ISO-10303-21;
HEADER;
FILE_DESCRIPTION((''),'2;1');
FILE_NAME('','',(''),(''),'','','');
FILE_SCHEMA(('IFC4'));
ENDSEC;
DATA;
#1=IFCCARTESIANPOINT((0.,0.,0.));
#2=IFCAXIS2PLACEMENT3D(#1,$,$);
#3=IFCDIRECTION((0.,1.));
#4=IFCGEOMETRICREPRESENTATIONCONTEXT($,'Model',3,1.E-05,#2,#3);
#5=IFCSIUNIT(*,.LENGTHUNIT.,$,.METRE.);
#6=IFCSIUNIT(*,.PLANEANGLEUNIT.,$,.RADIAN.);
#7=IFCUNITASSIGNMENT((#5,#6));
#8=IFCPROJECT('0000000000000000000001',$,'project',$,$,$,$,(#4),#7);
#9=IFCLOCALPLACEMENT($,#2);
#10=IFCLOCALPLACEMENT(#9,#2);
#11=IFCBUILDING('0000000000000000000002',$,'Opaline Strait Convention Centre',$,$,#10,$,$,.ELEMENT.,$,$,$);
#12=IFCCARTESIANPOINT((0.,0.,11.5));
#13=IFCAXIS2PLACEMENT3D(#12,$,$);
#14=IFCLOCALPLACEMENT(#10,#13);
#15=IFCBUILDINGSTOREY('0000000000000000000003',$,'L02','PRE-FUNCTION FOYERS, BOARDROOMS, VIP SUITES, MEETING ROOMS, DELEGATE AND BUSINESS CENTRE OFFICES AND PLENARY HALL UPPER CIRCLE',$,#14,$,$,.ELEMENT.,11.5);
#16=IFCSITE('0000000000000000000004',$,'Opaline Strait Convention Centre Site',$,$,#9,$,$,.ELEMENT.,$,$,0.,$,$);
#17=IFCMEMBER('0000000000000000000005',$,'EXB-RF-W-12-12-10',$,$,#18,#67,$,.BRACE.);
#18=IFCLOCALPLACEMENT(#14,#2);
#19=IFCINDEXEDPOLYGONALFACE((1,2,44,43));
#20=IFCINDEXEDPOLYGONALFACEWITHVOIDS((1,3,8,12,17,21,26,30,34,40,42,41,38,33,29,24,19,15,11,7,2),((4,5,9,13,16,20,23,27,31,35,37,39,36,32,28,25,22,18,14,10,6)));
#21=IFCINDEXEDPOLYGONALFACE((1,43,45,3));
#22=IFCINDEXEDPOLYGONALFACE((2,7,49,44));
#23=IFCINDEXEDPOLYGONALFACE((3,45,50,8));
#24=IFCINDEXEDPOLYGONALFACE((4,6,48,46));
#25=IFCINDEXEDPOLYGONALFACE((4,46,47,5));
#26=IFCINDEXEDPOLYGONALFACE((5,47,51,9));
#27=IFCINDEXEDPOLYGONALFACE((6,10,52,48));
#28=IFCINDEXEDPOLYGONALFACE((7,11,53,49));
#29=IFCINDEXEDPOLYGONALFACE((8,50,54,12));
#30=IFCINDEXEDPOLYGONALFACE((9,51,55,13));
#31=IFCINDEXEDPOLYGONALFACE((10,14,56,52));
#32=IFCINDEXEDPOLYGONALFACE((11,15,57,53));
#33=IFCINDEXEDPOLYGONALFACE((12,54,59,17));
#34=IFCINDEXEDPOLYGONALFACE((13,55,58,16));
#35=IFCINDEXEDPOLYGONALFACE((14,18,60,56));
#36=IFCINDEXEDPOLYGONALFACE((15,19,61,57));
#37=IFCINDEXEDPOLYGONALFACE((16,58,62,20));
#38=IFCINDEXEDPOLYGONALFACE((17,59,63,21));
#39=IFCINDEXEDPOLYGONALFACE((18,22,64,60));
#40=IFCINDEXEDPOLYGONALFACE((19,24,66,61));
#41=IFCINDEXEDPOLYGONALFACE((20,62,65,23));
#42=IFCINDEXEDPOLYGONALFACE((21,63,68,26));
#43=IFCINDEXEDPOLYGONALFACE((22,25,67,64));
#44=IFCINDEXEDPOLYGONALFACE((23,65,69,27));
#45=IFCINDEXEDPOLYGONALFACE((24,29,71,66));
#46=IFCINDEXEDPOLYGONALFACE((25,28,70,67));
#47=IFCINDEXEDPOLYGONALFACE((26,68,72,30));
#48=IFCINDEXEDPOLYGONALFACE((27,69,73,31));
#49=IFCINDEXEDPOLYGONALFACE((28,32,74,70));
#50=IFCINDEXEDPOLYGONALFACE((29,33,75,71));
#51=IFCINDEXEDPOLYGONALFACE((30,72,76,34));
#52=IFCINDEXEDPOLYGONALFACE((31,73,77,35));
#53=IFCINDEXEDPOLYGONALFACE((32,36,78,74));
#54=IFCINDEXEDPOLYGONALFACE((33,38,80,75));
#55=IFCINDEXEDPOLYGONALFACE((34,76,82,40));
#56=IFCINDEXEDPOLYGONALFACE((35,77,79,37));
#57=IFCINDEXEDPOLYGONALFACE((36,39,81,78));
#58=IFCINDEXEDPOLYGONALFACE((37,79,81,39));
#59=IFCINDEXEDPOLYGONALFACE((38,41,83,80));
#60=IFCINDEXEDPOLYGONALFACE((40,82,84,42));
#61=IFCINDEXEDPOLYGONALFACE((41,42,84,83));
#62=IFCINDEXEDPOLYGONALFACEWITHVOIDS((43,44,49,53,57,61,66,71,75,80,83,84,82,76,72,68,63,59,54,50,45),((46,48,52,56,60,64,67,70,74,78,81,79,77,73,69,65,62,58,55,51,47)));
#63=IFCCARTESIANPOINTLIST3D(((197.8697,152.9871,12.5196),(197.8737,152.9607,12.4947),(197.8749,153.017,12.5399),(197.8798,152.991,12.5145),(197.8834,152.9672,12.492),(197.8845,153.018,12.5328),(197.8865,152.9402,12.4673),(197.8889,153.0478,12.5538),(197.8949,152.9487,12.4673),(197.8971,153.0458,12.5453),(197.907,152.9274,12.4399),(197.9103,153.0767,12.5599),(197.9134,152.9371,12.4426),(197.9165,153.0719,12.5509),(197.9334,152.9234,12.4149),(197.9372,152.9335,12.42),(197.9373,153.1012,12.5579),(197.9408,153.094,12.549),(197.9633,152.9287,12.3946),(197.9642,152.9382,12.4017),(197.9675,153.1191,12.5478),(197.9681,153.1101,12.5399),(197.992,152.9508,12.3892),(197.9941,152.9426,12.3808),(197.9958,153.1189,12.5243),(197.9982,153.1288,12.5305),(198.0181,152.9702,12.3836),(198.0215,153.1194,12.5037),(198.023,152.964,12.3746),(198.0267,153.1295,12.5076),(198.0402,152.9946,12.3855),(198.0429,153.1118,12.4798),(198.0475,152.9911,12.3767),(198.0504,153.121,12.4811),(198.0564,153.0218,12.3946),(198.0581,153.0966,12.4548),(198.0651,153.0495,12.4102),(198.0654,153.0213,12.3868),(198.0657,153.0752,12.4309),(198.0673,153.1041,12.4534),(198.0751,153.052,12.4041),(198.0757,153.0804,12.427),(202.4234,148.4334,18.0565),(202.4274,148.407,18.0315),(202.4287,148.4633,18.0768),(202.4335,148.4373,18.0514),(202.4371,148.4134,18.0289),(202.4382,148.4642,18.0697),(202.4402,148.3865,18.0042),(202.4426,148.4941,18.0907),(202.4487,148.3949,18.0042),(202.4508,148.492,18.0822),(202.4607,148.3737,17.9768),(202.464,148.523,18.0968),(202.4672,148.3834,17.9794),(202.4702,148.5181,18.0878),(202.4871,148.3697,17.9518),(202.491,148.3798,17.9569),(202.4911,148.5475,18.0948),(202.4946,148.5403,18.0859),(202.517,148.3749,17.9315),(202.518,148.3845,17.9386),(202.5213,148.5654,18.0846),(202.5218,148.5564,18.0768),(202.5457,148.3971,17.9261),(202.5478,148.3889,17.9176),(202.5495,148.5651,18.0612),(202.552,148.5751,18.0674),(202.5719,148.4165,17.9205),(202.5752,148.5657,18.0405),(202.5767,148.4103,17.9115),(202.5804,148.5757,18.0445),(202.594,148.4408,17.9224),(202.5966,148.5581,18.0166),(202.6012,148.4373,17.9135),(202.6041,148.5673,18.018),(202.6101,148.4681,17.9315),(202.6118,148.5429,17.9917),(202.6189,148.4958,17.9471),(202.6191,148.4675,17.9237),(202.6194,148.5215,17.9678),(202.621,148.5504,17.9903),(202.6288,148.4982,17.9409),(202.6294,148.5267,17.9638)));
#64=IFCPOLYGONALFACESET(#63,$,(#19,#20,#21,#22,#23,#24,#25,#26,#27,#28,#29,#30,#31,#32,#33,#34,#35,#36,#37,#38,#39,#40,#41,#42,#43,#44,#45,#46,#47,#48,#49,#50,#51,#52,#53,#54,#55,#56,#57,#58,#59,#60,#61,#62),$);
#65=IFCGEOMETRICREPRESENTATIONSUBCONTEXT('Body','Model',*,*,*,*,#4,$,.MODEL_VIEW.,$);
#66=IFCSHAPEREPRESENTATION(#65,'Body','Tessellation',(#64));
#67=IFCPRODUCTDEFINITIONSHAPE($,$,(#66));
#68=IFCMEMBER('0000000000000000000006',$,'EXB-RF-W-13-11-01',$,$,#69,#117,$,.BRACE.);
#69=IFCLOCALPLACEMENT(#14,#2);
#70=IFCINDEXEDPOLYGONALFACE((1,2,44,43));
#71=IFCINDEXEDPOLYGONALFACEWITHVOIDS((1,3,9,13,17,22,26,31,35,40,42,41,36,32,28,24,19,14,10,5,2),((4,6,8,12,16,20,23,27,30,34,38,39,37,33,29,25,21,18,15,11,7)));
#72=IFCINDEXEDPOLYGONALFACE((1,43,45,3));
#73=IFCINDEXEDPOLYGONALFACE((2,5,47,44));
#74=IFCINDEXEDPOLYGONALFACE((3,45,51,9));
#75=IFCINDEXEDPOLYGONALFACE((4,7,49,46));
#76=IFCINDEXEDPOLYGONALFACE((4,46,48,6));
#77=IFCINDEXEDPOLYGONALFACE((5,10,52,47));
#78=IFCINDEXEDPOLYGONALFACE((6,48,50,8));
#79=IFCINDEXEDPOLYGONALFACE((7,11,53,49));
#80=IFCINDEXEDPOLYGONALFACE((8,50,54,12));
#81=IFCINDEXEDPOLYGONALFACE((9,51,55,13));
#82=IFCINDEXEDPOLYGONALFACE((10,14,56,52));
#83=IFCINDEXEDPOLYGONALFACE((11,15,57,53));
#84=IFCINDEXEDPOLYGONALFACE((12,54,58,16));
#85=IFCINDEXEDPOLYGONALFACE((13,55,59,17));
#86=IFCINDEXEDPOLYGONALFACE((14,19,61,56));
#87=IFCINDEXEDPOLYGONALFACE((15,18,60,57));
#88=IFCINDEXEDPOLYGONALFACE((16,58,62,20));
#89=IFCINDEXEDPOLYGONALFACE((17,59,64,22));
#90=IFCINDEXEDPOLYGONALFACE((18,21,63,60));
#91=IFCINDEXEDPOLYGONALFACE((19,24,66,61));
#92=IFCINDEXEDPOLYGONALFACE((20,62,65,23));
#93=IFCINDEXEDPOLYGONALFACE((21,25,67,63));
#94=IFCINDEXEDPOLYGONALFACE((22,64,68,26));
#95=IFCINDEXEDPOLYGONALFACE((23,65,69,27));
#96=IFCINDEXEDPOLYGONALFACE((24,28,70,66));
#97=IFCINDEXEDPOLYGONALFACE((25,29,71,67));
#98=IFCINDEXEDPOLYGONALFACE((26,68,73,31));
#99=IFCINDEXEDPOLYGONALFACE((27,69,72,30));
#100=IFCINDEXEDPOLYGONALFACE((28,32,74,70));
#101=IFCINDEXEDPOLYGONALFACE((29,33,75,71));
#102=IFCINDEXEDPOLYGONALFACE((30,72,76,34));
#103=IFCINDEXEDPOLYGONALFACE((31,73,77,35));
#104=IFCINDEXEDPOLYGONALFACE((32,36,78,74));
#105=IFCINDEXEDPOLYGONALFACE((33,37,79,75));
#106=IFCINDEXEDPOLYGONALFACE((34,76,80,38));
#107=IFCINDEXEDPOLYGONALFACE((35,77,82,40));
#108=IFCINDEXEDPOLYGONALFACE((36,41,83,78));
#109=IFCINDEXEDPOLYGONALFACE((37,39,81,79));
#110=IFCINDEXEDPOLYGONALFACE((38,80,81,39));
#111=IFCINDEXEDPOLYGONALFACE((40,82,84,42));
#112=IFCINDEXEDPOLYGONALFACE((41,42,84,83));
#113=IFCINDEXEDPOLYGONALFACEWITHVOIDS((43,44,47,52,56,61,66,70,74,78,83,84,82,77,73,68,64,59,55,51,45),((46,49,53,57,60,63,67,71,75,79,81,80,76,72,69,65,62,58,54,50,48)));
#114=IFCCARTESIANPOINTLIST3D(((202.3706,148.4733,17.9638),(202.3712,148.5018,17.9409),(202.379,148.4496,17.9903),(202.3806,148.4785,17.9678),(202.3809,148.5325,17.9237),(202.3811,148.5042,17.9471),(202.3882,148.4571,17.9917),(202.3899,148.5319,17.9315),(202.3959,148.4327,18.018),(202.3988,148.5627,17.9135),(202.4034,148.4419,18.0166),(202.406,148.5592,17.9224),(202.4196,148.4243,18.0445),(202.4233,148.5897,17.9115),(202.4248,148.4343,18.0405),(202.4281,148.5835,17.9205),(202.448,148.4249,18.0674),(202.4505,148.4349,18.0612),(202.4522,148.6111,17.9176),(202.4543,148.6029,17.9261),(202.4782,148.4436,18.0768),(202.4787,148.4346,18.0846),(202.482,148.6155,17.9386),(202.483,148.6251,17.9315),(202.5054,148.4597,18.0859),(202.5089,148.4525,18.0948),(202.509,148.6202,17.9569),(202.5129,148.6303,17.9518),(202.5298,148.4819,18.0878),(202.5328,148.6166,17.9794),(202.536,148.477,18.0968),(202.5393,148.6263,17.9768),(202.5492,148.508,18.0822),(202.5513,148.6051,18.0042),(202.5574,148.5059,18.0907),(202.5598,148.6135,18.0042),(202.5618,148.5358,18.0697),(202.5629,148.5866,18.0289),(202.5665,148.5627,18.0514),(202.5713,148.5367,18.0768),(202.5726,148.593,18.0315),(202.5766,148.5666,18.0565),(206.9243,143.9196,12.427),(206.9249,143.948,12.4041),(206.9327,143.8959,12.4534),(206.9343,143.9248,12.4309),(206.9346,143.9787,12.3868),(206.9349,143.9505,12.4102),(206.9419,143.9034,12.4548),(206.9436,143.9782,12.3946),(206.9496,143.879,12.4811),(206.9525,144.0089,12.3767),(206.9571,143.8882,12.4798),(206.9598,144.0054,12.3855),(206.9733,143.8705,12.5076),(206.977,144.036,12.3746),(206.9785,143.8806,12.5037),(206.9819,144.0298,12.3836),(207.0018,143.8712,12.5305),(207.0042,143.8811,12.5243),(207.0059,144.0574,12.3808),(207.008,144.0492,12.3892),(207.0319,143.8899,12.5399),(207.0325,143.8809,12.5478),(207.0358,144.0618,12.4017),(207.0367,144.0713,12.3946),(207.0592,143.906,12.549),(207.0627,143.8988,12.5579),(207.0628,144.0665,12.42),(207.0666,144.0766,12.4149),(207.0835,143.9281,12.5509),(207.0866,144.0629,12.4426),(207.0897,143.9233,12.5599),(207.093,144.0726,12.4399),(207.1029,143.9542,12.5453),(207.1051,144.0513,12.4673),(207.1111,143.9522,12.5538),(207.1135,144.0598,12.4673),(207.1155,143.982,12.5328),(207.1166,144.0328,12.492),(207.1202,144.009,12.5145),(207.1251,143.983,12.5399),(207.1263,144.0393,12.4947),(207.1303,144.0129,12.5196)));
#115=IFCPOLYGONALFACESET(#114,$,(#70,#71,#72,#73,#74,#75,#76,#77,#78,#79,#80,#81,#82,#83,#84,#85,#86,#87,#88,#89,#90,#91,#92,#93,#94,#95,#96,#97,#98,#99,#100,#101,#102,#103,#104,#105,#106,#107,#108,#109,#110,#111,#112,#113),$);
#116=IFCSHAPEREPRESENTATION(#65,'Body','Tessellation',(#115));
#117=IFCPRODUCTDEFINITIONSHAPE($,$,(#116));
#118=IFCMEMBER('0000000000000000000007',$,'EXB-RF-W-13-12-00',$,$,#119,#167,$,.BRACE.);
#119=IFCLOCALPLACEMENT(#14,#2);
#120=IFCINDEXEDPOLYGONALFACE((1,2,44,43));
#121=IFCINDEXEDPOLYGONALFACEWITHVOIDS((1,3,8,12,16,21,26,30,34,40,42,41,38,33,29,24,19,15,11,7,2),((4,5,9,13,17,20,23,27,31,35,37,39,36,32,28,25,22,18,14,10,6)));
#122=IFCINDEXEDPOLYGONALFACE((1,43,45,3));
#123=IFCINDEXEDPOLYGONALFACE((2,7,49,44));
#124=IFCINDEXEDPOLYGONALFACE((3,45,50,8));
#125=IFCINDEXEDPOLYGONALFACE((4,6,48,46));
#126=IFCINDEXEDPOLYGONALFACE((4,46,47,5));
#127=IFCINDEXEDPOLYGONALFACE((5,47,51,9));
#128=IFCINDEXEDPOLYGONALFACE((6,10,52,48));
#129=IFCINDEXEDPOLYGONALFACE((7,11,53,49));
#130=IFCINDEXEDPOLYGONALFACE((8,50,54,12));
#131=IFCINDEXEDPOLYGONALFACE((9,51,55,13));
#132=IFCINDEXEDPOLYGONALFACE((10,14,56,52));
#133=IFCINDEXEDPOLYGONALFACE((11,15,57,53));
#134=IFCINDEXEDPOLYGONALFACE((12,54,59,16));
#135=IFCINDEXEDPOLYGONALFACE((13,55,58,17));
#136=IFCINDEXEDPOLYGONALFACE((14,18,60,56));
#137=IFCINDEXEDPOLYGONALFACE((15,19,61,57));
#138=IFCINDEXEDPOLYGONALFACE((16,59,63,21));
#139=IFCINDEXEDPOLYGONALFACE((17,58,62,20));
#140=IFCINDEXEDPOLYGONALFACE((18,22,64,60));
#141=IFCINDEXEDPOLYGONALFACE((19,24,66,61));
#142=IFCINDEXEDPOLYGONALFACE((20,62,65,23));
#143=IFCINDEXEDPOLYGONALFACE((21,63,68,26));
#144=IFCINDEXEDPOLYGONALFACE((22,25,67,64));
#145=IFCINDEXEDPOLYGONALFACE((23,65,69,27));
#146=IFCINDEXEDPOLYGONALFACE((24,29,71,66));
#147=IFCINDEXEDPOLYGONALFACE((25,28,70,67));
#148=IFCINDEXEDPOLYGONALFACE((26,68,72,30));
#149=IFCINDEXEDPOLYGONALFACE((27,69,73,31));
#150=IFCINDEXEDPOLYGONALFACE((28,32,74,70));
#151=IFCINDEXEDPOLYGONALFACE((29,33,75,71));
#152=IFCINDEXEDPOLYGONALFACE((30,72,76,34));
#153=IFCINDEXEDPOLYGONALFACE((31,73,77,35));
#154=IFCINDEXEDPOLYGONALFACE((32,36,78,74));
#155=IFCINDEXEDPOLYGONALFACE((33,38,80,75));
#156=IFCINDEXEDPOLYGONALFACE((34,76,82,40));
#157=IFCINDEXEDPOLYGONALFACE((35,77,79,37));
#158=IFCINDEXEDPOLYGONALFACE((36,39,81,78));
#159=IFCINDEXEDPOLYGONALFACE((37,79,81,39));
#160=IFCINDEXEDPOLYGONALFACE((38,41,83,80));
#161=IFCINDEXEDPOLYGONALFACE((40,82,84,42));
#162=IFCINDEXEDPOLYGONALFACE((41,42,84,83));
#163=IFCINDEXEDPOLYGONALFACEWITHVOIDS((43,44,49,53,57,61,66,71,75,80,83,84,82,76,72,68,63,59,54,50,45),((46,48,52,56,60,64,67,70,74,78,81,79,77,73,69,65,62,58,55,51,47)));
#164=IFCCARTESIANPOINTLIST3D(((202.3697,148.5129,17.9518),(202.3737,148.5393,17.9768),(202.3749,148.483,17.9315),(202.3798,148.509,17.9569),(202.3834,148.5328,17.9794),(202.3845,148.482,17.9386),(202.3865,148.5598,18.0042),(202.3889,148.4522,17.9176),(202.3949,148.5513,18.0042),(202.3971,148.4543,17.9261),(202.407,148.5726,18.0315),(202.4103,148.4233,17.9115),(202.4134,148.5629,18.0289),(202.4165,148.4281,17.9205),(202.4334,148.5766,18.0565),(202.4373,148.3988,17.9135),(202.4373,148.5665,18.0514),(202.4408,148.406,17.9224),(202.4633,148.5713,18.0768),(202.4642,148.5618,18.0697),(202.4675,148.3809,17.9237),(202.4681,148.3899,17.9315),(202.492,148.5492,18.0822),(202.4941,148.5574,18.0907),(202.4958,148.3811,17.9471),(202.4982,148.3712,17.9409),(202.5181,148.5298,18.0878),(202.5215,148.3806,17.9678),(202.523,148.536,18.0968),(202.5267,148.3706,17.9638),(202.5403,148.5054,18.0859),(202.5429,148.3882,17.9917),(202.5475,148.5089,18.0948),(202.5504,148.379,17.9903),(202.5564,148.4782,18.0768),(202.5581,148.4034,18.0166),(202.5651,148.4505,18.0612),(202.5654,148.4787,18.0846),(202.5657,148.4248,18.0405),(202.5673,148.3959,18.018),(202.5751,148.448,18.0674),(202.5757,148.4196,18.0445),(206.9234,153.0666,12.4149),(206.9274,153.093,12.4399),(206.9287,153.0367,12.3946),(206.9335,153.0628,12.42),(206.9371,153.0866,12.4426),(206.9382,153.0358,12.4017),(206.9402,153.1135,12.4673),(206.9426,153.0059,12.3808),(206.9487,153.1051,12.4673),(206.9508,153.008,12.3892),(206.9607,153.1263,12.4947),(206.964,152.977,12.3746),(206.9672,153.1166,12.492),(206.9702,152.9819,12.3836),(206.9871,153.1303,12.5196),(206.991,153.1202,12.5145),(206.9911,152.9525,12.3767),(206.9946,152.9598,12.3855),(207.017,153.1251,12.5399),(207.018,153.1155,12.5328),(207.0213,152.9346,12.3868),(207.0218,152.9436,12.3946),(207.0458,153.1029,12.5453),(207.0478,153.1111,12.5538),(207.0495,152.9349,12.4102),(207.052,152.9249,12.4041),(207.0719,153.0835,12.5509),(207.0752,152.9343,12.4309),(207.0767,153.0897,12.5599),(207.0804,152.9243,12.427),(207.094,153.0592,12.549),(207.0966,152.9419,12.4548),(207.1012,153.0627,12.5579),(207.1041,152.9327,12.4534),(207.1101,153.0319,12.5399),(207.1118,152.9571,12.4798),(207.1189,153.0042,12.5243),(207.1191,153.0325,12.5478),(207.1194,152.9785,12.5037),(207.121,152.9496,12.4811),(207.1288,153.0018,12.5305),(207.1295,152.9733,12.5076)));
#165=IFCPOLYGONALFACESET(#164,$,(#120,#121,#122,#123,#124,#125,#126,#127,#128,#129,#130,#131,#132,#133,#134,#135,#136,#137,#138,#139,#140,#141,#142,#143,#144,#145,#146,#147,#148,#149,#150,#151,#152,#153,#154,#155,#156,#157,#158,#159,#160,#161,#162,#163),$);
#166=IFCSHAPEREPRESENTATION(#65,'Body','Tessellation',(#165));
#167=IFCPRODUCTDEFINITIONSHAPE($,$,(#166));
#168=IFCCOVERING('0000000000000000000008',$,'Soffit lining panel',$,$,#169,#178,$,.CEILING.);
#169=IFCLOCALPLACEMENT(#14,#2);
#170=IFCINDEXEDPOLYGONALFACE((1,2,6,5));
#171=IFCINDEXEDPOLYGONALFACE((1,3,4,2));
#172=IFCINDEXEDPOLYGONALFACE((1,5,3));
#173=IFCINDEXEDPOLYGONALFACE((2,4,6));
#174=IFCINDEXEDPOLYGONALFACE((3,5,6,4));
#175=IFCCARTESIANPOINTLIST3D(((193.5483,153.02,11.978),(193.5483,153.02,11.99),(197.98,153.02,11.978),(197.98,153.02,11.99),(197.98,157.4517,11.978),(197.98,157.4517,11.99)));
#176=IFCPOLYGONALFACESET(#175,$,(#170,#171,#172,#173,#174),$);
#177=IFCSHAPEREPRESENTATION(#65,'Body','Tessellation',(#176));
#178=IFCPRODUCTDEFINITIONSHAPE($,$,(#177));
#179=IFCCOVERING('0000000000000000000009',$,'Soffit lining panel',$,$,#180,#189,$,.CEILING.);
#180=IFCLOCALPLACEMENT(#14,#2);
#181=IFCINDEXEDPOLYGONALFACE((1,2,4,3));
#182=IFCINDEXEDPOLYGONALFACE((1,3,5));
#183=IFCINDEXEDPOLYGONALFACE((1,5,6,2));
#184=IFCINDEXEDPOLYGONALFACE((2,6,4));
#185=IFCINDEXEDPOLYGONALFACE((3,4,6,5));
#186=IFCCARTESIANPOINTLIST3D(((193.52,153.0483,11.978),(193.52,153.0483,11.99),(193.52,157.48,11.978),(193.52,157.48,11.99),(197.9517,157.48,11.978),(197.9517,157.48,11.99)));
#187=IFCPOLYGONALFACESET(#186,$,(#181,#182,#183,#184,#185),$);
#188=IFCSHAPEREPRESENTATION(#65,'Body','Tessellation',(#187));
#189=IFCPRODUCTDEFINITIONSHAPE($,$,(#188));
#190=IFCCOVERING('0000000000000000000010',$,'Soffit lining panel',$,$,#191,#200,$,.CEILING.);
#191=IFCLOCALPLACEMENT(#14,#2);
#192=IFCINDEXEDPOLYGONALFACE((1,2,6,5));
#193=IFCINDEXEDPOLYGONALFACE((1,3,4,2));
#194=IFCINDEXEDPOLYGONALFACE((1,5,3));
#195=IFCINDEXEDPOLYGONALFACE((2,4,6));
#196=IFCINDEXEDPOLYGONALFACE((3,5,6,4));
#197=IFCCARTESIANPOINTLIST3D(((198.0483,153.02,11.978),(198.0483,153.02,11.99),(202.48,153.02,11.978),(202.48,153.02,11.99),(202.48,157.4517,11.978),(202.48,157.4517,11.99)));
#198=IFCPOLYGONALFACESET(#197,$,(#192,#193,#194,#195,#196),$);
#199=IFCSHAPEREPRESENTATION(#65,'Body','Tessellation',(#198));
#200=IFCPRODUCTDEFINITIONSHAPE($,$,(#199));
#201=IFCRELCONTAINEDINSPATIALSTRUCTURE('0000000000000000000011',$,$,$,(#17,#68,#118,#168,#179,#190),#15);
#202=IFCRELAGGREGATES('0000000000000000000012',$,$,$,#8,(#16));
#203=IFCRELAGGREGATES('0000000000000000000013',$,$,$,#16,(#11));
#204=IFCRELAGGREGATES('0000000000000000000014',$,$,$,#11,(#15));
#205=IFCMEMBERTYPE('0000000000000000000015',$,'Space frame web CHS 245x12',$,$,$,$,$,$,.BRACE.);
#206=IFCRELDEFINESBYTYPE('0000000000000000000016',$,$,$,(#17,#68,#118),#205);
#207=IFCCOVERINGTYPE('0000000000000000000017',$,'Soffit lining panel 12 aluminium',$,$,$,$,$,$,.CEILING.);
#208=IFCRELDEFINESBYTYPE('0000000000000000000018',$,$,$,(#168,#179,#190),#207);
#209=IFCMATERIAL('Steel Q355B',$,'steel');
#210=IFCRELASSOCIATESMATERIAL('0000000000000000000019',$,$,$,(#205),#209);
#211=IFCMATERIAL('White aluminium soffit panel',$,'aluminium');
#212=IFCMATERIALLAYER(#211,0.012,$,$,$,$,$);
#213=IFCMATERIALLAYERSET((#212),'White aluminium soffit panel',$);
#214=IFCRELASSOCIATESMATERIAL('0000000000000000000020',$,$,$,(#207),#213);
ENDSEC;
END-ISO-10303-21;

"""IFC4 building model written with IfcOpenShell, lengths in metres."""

from ifc_helpers import new_model, si_unit, direction, frame, origin, origin_2d, place, context, subcontext, project, spatial, polyline, hollow_circle, outline, extrude, material, layer, layer_set, material_profile, profile_set, type_object, element, save


model = new_model("IFC4")

# Units and contexts
model_context = context("Model", 3, precision=1e-05, world=origin(), true_north=direction((0.0, 1.0)))
body_context = subcontext(model_context, "Body", "Model", "MODEL_VIEW")
ifc_project = project(units=[si_unit("LENGTHUNIT", "METRE"), si_unit("PLANEANGLEUNIT", "RADIAN")], contexts=[model_context])

# Site, building, storey
site_placement = place(None, origin())
site = spatial("IfcSite", under=ifc_project, at=site_placement, Name="Opaline Strait Convention Centre Site", CompositionType="ELEMENT", RefElevation=0.0)
building_placement = place(site_placement, origin())
building = spatial("IfcBuilding", under=site, at=building_placement, Name="Opaline Strait Convention Centre", CompositionType="ELEMENT")
storey_placement = place(building_placement, frame((0.0, 0.0, 11.5)))
storey = spatial("IfcBuildingStorey", under=building, at=storey_placement, Name="L02", Description="PRE-FUNCTION FOYERS, BOARDROOMS, VIP SUITES, MEETING ROOMS, DELEGATE AND BUSINESS CENTRE OFFICES AND PLENARY HALL UPPER CIRCLE", CompositionType="ELEMENT", Elevation=11.5)

# Members
ifc_material_1 = material(Name="Steel Q355B", Category="steel")
ifc_material_profile_1 = material_profile(ifc_material_1, hollow_circle(Radius=0.1226, WallThickness=0.012, at=origin_2d()), Name="CHS 245x12")
ifc_profile_set_1 = profile_set([ifc_material_profile_1], Name="Steel Q355B")
member_type_1 = type_object("IfcMemberType", Name="Space frame web CHS 245x12", PredefinedType="BRACE", material=ifc_profile_set_1)
for number, where, z_axis, x_axis, name in (
    (1, (202.5269, 148.4731, 18.0042), (-0.536178, 0.536178, -0.65194), (-0.707107, -0.707107, 0.0), "EXB-RF-W-12-12-10"),
    (2, (202.4731, 148.5269, 18.0042), (0.536178, -0.536178, -0.65194), (0.707107, 0.707107, 0.0), "EXB-RF-W-13-11-01"),
    (3, (202.4731, 148.4731, 18.0042), (0.536178, 0.536178, -0.65194), (-0.707107, 0.707107, 0.0), "EXB-RF-W-13-12-00"),
):
    element("IfcMember", number, at=place(storey_placement, frame(where, z_axis=z_axis, x_axis=x_axis)), inside=storey, type_object=member_type_1, Name=name, PredefinedType="BRACE", context=body_context, shape_type="SweptSolid", body=[
        extrude(hollow_circle(Radius=0.1226, WallThickness=0.012, at=origin_2d()), origin(), (0.0, 0.0, 1.0), 8.4929),
    ])

# Coverings
ifc_material_2 = material(Name="White aluminium soffit panel", Category="aluminium")
ifc_layer = layer(ifc_material_2, 0.012)
ifc_layer_set = layer_set([ifc_layer], Name="White aluminium soffit panel")
covering_type = type_object("IfcCoveringType", Name="Soffit lining panel 12 aluminium", PredefinedType="CEILING", material=ifc_layer_set)
covering_1_placement = place(storey_placement, frame((193.5483, 153.02, 11.99), z_axis=(0.0, 0.0, 1.0), x_axis=(0.707107, 0.707107, 0.0)))
element("IfcCovering", 4, at=covering_1_placement, inside=storey, type_object=covering_type, Name="Soffit lining panel", PredefinedType="CEILING", context=body_context, shape_type="SweptSolid", body=[
    extrude(outline(polyline([(0.0, 0.0), (6.2673, 0.0), (3.1336, -3.1336), (0.0, 0.0)])), origin(), (0.0, 0.0, -1.0), 0.012),
])
covering_2_placement = place(storey_placement, frame((193.52, 153.0483, 11.99), z_axis=(0.0, 0.0, 1.0), x_axis=(0.0, 1.0, 0.0)))
element("IfcCovering", 5, at=covering_2_placement, inside=storey, type_object=covering_type, Name="Soffit lining panel", PredefinedType="CEILING", context=body_context, shape_type="SweptSolid", body=[
    extrude(outline(polyline([(0.0, 0.0), (4.4316, 0.0), (4.4316, -4.4316), (0.0, 0.0)])), origin(), (0.0, 0.0, -1.0), 0.012),
])
covering_3_placement = place(storey_placement, frame((198.0483, 153.02, 11.99), z_axis=(0.0, 0.0, 1.0), x_axis=(0.707107, 0.707107, 0.0)))
element("IfcCovering", 6, at=covering_3_placement, inside=storey, type_object=covering_type, Name="Soffit lining panel", PredefinedType="CEILING", context=body_context, shape_type="SweptSolid", body=[
    extrude(outline(polyline([(0.0, 0.0), (6.2673, 0.0), (3.1336, -3.1336), (0.0, 0.0)])), origin(), (0.0, 0.0, -1.0), 0.012),
])

save(model, "model.ifc")
